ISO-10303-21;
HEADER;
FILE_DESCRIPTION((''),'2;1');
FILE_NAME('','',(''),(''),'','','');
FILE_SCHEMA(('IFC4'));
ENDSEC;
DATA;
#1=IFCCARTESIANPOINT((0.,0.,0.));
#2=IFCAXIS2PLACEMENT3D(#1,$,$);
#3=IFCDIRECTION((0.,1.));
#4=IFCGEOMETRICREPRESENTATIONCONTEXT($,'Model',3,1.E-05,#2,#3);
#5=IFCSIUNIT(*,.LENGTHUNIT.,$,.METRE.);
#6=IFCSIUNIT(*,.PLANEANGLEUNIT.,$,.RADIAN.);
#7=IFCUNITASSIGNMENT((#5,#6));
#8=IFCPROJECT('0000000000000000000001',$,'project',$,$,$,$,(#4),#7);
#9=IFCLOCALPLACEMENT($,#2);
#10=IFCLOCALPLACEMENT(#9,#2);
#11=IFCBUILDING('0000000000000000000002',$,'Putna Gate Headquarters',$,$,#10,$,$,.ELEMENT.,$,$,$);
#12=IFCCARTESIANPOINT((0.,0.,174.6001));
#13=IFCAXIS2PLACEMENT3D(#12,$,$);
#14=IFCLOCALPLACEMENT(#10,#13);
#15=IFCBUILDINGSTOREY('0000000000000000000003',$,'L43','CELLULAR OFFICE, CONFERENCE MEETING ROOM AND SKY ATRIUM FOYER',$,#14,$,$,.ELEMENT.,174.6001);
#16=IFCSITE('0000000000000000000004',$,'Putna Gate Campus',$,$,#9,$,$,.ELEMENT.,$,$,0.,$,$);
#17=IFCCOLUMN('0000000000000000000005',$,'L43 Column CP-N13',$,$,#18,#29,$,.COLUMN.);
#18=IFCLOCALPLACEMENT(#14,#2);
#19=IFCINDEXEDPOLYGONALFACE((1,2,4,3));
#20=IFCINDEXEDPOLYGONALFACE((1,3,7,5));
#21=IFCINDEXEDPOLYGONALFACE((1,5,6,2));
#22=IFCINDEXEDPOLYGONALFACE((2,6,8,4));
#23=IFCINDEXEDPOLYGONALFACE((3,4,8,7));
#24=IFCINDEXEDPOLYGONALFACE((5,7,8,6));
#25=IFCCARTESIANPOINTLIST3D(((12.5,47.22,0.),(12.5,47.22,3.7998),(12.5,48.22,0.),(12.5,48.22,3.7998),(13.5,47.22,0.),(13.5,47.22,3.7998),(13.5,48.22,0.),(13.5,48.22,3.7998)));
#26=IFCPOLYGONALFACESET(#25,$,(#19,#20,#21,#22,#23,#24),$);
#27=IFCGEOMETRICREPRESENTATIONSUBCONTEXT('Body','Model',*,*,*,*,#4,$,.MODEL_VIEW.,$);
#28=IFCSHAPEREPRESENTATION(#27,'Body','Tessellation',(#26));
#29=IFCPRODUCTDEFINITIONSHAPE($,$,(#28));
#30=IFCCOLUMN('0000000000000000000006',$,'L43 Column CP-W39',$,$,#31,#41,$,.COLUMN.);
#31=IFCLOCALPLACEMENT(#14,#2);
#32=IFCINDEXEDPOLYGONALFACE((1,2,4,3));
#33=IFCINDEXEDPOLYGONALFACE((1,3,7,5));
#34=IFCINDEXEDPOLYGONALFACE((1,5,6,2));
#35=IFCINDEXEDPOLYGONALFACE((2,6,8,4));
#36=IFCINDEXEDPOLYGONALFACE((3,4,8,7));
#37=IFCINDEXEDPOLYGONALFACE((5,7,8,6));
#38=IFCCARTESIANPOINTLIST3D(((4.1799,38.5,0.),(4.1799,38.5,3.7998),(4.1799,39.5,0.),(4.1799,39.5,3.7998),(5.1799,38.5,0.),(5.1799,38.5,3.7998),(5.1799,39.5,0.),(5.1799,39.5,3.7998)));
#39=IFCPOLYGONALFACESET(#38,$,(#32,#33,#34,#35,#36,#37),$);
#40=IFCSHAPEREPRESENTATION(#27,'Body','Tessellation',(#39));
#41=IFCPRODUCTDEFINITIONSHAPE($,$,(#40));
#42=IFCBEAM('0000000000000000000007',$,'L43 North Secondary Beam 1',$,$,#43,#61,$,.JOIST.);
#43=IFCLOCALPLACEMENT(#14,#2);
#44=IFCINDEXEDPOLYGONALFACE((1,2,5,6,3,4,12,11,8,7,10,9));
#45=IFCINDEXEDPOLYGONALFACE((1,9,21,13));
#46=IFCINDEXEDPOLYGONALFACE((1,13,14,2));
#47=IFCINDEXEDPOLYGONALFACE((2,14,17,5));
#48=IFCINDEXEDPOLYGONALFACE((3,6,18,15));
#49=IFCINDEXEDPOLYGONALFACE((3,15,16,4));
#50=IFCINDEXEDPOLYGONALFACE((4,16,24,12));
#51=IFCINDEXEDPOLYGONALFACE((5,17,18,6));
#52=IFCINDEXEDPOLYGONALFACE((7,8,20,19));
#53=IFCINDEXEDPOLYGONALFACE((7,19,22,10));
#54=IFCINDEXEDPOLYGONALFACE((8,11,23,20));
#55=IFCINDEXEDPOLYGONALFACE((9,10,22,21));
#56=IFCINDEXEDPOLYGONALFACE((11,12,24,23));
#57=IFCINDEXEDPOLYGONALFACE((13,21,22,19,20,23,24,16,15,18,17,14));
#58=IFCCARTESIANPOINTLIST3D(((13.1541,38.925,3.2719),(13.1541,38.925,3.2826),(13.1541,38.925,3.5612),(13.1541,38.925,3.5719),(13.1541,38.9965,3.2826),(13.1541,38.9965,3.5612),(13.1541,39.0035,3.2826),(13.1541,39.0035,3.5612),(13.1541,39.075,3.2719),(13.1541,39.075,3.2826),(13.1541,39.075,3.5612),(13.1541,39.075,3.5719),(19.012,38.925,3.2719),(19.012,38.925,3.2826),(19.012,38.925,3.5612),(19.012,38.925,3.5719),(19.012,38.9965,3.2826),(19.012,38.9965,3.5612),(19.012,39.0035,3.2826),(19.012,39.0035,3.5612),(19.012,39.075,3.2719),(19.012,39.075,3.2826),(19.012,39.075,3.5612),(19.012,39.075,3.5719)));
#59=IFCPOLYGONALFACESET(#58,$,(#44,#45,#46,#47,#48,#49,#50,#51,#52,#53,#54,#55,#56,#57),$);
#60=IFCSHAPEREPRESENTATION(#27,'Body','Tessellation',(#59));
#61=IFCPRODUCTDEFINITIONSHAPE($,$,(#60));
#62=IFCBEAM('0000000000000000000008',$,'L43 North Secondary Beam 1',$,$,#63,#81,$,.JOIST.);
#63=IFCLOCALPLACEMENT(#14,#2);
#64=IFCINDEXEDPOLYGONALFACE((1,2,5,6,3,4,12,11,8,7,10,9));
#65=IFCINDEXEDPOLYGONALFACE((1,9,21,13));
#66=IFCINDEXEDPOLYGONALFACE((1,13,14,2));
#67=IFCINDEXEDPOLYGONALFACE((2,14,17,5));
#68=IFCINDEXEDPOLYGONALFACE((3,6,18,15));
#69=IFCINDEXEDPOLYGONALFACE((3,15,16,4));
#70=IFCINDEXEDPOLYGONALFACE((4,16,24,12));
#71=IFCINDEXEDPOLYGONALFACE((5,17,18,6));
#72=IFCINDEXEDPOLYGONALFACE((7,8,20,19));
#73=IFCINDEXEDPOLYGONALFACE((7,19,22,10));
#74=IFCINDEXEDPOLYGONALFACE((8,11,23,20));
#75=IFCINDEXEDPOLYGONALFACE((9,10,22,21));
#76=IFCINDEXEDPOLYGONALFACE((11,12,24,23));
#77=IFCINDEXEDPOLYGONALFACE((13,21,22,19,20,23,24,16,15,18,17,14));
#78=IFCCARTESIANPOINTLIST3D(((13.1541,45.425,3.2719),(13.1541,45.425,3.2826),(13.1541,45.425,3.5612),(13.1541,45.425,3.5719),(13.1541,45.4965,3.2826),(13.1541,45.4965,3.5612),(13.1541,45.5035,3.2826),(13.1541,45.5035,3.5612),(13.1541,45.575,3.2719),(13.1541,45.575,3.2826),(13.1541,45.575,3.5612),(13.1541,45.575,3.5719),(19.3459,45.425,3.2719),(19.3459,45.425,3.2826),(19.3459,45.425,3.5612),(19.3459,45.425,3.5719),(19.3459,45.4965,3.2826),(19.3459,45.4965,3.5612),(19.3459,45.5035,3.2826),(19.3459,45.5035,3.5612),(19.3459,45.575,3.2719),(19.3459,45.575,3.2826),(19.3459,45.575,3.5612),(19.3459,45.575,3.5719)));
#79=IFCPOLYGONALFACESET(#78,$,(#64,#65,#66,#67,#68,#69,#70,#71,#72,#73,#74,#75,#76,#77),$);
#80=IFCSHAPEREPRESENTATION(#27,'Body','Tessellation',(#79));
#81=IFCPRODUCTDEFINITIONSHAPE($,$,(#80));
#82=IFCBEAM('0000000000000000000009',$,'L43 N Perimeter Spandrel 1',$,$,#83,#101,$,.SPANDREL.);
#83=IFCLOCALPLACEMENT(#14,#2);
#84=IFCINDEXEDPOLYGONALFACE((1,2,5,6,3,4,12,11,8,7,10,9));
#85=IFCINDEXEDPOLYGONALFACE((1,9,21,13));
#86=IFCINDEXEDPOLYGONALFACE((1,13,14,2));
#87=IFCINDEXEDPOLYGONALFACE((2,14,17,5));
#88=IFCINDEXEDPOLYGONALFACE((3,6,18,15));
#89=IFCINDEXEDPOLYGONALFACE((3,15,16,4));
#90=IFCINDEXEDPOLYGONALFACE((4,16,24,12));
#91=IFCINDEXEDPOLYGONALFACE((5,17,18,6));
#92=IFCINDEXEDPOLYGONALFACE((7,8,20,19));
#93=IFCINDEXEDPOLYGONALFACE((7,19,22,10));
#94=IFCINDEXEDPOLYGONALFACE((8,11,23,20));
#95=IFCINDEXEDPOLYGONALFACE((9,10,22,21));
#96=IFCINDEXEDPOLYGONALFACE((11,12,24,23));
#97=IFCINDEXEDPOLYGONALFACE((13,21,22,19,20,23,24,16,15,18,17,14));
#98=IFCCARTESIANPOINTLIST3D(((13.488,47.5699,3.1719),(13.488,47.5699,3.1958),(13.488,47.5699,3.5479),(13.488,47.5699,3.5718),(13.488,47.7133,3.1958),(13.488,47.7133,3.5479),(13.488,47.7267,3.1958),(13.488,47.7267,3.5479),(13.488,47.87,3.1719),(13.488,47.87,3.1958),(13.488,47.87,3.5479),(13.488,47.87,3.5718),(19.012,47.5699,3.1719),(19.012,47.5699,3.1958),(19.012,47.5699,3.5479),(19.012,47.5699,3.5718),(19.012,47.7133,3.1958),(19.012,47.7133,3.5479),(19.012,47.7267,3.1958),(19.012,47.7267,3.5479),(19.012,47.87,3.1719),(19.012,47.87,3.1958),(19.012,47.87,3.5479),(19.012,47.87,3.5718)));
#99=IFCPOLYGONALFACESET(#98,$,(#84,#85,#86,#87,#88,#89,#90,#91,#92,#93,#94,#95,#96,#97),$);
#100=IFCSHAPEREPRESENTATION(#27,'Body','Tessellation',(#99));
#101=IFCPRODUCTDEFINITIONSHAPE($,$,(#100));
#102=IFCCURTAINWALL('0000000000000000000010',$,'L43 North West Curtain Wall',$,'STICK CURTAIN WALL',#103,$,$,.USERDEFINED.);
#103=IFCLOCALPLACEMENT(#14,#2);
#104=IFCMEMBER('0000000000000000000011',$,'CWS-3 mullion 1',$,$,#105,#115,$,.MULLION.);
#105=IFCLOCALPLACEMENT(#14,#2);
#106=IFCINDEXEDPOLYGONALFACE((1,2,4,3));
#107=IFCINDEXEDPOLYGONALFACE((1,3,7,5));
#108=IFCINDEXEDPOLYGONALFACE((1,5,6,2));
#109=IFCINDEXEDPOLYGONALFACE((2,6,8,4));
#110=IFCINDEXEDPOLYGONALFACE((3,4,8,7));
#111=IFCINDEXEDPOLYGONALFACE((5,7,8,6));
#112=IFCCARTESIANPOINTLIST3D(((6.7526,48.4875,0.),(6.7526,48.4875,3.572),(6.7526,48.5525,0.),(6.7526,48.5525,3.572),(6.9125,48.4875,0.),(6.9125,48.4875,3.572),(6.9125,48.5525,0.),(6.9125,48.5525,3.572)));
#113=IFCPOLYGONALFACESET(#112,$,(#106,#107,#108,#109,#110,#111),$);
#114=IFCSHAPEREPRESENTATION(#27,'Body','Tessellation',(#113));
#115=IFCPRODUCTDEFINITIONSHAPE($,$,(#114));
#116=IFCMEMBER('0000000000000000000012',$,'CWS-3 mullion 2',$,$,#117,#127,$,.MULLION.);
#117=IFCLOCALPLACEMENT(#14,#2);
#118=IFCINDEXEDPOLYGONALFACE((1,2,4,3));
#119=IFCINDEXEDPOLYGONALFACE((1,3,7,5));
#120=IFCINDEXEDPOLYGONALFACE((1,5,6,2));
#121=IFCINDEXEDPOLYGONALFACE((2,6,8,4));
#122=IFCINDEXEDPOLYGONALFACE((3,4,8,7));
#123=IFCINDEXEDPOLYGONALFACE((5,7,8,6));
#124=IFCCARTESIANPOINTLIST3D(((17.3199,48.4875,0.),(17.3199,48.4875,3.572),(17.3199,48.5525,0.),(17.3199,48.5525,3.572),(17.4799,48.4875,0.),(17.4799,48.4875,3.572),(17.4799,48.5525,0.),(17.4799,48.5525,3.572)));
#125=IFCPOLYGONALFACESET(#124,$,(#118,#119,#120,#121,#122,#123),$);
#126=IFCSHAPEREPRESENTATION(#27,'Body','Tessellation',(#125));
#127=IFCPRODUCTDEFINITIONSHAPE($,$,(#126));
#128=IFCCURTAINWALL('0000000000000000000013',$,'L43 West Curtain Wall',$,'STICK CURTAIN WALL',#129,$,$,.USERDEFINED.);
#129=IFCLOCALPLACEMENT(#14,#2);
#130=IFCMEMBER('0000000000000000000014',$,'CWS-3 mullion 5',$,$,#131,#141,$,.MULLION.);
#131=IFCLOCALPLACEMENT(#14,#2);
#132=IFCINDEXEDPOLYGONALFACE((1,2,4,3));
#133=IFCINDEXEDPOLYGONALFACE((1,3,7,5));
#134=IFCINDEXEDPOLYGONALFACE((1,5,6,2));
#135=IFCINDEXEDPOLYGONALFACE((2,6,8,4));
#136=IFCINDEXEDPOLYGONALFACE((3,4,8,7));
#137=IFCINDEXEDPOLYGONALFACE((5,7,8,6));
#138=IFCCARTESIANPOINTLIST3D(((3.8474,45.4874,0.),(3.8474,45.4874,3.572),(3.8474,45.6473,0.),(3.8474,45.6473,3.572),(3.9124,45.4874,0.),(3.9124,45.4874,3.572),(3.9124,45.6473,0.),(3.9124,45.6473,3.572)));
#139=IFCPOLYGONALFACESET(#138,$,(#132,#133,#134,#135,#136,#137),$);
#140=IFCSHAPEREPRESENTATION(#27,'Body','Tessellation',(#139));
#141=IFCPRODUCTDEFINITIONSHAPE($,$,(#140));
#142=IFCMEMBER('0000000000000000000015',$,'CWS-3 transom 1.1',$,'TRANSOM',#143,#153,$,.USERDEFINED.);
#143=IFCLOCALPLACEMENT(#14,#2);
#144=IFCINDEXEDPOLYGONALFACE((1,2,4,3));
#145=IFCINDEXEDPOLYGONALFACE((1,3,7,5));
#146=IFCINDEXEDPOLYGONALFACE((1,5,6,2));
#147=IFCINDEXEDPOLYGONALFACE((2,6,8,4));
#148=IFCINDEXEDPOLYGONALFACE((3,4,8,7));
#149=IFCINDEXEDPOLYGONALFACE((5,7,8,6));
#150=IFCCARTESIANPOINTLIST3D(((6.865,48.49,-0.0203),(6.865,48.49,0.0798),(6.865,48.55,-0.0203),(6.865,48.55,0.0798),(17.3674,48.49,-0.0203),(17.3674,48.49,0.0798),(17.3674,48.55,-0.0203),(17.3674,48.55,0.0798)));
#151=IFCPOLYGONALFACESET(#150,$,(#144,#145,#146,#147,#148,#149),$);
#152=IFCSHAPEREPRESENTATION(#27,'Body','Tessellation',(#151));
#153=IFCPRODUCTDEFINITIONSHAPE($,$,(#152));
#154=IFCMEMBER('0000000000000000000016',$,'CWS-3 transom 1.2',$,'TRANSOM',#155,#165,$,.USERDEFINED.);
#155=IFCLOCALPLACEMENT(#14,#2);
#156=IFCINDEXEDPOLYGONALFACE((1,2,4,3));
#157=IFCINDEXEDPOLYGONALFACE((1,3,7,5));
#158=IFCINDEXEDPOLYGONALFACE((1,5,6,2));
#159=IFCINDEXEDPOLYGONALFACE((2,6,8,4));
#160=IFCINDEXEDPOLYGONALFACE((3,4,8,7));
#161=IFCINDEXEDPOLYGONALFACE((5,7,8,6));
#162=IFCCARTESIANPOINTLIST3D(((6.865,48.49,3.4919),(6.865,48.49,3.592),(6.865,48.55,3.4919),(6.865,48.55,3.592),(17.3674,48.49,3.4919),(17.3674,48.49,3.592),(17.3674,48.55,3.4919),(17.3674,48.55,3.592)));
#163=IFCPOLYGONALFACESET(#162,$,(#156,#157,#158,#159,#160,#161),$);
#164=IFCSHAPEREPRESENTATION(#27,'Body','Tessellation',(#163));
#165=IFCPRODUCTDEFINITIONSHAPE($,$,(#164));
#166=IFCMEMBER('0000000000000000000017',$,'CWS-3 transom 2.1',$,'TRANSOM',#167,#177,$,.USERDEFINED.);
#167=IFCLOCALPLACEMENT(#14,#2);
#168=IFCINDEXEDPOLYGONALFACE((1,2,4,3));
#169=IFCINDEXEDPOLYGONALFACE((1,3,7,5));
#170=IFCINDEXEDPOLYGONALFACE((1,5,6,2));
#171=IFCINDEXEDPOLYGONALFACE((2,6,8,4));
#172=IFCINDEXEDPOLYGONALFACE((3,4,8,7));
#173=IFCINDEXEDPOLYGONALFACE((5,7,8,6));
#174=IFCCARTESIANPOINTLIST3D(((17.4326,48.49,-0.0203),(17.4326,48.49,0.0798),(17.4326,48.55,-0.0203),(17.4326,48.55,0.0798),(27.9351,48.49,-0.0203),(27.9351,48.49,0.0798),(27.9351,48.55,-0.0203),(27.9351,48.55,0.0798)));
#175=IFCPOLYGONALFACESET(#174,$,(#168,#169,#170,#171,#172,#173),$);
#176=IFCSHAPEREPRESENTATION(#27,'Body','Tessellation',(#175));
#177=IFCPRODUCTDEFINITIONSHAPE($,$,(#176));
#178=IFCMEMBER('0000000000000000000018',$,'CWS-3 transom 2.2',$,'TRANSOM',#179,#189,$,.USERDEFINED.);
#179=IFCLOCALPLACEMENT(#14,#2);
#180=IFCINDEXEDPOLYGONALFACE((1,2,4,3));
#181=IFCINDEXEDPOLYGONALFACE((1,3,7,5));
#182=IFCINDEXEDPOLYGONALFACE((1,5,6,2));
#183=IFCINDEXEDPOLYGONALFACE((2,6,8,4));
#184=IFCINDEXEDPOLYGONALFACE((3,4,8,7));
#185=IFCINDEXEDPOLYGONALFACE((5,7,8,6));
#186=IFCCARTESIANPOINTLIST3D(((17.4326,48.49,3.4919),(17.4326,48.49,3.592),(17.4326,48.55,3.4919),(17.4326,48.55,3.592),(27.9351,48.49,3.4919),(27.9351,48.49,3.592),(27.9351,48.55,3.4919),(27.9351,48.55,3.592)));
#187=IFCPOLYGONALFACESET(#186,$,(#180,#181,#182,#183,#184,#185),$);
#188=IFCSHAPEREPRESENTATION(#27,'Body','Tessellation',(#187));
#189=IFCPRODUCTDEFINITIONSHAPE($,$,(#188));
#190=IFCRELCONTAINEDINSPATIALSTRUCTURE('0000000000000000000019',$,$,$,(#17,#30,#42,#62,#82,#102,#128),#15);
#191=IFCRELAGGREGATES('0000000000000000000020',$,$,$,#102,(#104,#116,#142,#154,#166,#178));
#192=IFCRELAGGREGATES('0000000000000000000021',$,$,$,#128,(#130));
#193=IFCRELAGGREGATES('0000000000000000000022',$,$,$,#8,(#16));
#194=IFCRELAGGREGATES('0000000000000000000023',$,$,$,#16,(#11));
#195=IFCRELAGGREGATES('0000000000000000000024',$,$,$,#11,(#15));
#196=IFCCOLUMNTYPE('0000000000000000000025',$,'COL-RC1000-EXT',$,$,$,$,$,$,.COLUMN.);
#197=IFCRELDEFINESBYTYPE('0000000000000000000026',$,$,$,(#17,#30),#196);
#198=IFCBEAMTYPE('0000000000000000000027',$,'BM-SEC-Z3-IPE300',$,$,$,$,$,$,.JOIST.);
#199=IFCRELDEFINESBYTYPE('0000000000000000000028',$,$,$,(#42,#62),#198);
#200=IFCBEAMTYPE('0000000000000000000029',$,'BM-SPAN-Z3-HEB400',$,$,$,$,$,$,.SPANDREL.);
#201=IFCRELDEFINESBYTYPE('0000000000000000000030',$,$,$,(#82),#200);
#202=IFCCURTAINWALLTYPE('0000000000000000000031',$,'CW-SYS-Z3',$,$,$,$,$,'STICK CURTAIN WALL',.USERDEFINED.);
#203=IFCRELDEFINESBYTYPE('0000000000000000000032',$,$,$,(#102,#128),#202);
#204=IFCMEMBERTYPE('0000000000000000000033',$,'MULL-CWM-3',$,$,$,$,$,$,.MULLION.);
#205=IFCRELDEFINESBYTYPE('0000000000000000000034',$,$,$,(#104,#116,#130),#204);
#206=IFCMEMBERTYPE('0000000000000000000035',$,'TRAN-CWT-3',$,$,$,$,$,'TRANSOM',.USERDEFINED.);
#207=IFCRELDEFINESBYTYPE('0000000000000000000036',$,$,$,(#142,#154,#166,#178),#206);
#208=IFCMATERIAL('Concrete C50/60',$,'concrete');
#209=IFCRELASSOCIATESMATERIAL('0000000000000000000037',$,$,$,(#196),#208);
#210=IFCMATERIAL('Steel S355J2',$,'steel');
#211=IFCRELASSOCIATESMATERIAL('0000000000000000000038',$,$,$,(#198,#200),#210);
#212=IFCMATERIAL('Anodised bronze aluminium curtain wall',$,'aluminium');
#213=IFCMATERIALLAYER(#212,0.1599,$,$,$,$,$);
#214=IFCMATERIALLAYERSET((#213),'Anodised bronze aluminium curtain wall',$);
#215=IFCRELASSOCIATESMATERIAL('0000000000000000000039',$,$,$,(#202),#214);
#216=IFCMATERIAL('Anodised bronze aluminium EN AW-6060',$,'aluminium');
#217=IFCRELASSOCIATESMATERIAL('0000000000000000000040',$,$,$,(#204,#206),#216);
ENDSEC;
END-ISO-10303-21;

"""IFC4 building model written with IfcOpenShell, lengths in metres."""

from ifc_helpers import new_model, si_unit, direction, frame, origin, origin_2d, place, context, subcontext, project, spatial, rectangle, i_section, extrude, material, layer, layer_set, material_profile, profile_set, type_object, element, aggregate, save


model = new_model("IFC4")

# Units and contexts
model_context = context("Model", 3, precision=1e-05, world=origin(), true_north=direction((0.0, 1.0)))
body_context = subcontext(model_context, "Body", "Model", "MODEL_VIEW")
ifc_project = project(units=[si_unit("LENGTHUNIT", "METRE"), si_unit("PLANEANGLEUNIT", "RADIAN")], contexts=[model_context])

# Site, building, storey
site_placement = place(None, origin())
site = spatial("IfcSite", under=ifc_project, at=site_placement, Name="Putna Gate Campus", CompositionType="ELEMENT", RefElevation=0.0)
building_placement = place(site_placement, origin())
building = spatial("IfcBuilding", under=site, at=building_placement, Name="Putna Gate Headquarters", CompositionType="ELEMENT")
storey_placement = place(building_placement, frame((0.0, 0.0, 174.6001)))
storey = spatial("IfcBuildingStorey", under=building, at=storey_placement, Name="L43", Description="CELLULAR OFFICE, CONFERENCE MEETING ROOM AND SKY ATRIUM FOYER", CompositionType="ELEMENT", Elevation=174.6001)

# Columns
ifc_material_1 = material(Name="Concrete C50/60", Category="concrete")
ifc_material_profile_1 = material_profile(ifc_material_1, rectangle(XDim=1.0, YDim=1.0, at=origin_2d()), Name="Concrete C50/60")
ifc_profile_set_1 = profile_set([ifc_material_profile_1], Name="Concrete C50/60")
column_type = type_object("IfcColumnType", Name="COL-RC1000-EXT", PredefinedType="COLUMN", material=ifc_profile_set_1)
for number, where, z_axis, x_axis, name in (
    (1, (13.0, 47.72, 0.0), (0.0, 0.0, 1.0), (1.0, 0.0, 0.0), "L43 Column CP-N13"),
    (2, (4.6799, 39.0, 0.0), (0.0, 0.0, 1.0), (1.0, 0.0, 0.0), "L43 Column CP-W39"),
):
    element("IfcColumn", number, at=place(storey_placement, frame(where, z_axis=z_axis, x_axis=x_axis)), inside=storey, type_object=column_type, Name=name, PredefinedType="COLUMN", context=body_context, shape_type="SweptSolid", body=[
        extrude(rectangle(XDim=1.0, YDim=1.0, at=origin_2d()), origin(), (0.0, 0.0, 1.0), 3.7998),
    ])

# Beams
ifc_material_2 = material(Name="Steel S355J2", Category="steel")
ifc_material_profile_2 = material_profile(ifc_material_2, i_section(OverallWidth=0.1499, OverallDepth=0.3, WebThickness=0.0071, FlangeThickness=0.0107, at=origin_2d()), Name="Steel S355J2")
ifc_profile_set_2 = profile_set([ifc_material_profile_2], Name="Steel S355J2")
beam_type_1 = type_object("IfcBeamType", Name="BM-SEC-Z3-IPE300", PredefinedType="JOIST", material=ifc_profile_set_2)
beam_1_placement = place(storey_placement, frame((13.1541, 39.0, 3.4219), z_axis=(1.0, 0.0, 0.0), x_axis=(0.0, 1.0, 0.0)))
element("IfcBeam", 3, at=beam_1_placement, inside=storey, type_object=beam_type_1, Name="L43 North Secondary Beam 1", PredefinedType="JOIST", context=body_context, shape_type="SweptSolid", body=[
    extrude(i_section(OverallWidth=0.1499, OverallDepth=0.3, WebThickness=0.0071, FlangeThickness=0.0107, at=origin_2d()), origin(), (0.0, 0.0, 1.0), 5.8579),
])
beam_2_placement = place(storey_placement, frame((13.1541, 45.5, 3.4219), z_axis=(1.0, 0.0, 0.0), x_axis=(0.0, 1.0, 0.0)))
element("IfcBeam", 4, at=beam_2_placement, inside=storey, type_object=beam_type_1, Name="L43 North Secondary Beam 1", PredefinedType="JOIST", context=body_context, shape_type="SweptSolid", body=[
    extrude(i_section(OverallWidth=0.1499, OverallDepth=0.3, WebThickness=0.0071, FlangeThickness=0.0107, at=origin_2d()), origin(), (0.0, 0.0, 1.0), 6.1919),
])
ifc_material_profile_3 = material_profile(ifc_material_2, i_section(OverallWidth=0.3, OverallDepth=0.3999, WebThickness=0.0134, FlangeThickness=0.0239, at=origin_2d()), Name="Steel S355J2")
ifc_profile_set_3 = profile_set([ifc_material_profile_3], Name="Steel S355J2")
beam_type_2 = type_object("IfcBeamType", Name="BM-SPAN-Z3-HEB400", PredefinedType="SPANDREL", material=ifc_profile_set_3)
beam_3_placement = place(storey_placement, frame((13.488, 47.72, 3.3718), z_axis=(1.0, 0.0, 0.0), x_axis=(0.0, 1.0, 0.0)))
element("IfcBeam", 5, at=beam_3_placement, inside=storey, type_object=beam_type_2, Name="L43 N Perimeter Spandrel 1", PredefinedType="SPANDREL", context=body_context, shape_type="SweptSolid", body=[
    extrude(i_section(OverallWidth=0.3, OverallDepth=0.3999, WebThickness=0.0134, FlangeThickness=0.0239, at=origin_2d()), origin(), (0.0, 0.0, 1.0), 5.5239),
])

# Curtain wall, members
ifc_material_3 = material(Name="Anodised bronze aluminium curtain wall", Category="aluminium")
ifc_layer_1 = layer(ifc_material_3, 0.1599)
ifc_layer_set_1 = layer_set([ifc_layer_1], Name="Anodised bronze aluminium curtain wall")
curtain_wall_type = type_object("IfcCurtainWallType", Name="CW-SYS-Z3", ElementType="STICK CURTAIN WALL", PredefinedType="USERDEFINED", material=ifc_layer_set_1)
curtain_wall_1_placement = place(storey_placement, origin())
curtain_wall_1 = element("IfcCurtainWall", 6, at=curtain_wall_1_placement, inside=storey, type_object=curtain_wall_type, Name="L43 North West Curtain Wall", ObjectType="STICK CURTAIN WALL", PredefinedType="USERDEFINED")
ifc_material_4 = material(Name="Anodised bronze aluminium EN AW-6060", Category="aluminium")
ifc_material_profile_4 = material_profile(ifc_material_4, rectangle(XDim=0.0649, YDim=0.1599, at=origin_2d()), Name="Anodised bronze aluminium EN AW-6060")
ifc_profile_set_4 = profile_set([ifc_material_profile_4], Name="Anodised bronze aluminium EN AW-6060")
member_type_1 = type_object("IfcMemberType", Name="MULL-CWM-3", PredefinedType="MULLION", material=ifc_profile_set_4)
member_1_placement = place(storey_placement, frame((6.8325, 48.52, 0.0), z_axis=(0.0, 0.0, 1.0), x_axis=(0.0, 1.0, 0.0)))
member_1 = element("IfcMember", 7, at=member_1_placement, type_object=member_type_1, Name="CWS-3 mullion 1", PredefinedType="MULLION", context=body_context, shape_type="SweptSolid", body=[
    extrude(rectangle(XDim=0.0649, YDim=0.1599, at=origin_2d()), origin(), (0.0, 0.0, 1.0), 3.572),
])
member_2_placement = place(storey_placement, frame((17.3999, 48.52, 0.0), z_axis=(0.0, 0.0, 1.0), x_axis=(0.0, 1.0, 0.0)))
member_2 = element("IfcMember", 8, at=member_2_placement, type_object=member_type_1, Name="CWS-3 mullion 2", PredefinedType="MULLION", context=body_context, shape_type="SweptSolid", body=[
    extrude(rectangle(XDim=0.0649, YDim=0.1599, at=origin_2d()), origin(), (0.0, 0.0, 1.0), 3.572),
])

# Curtain wall, member
curtain_wall_2_placement = place(storey_placement, origin())
curtain_wall_2 = element("IfcCurtainWall", 9, at=curtain_wall_2_placement, inside=storey, type_object=curtain_wall_type, Name="L43 West Curtain Wall", ObjectType="STICK CURTAIN WALL", PredefinedType="USERDEFINED")
member_3_placement = place(storey_placement, frame((3.8799, 45.5674, 0.0), z_axis=(0.0, 0.0, 1.0), x_axis=(-1.0, 0.0, 0.0)))
member_3 = element("IfcMember", 10, at=member_3_placement, type_object=member_type_1, Name="CWS-3 mullion 5", PredefinedType="MULLION", context=body_context, shape_type="SweptSolid", body=[
    extrude(rectangle(XDim=0.0649, YDim=0.1599, at=origin_2d()), origin(), (0.0, 0.0, 1.0), 3.572),
])

# Members
ifc_material_profile_5 = material_profile(ifc_material_4, rectangle(XDim=0.0601, YDim=0.1001, at=origin_2d()), Name="Anodised bronze aluminium EN AW-6060")
ifc_profile_set_5 = profile_set([ifc_material_profile_5], Name="Anodised bronze aluminium EN AW-6060")
member_type_2 = type_object("IfcMemberType", Name="TRAN-CWT-3", ElementType="TRANSOM", PredefinedType="USERDEFINED", material=ifc_profile_set_5)
member_4_placement = place(storey_placement, frame((6.865, 48.52, 0.0298), z_axis=(1.0, 0.0, 0.0), x_axis=(0.0, 1.0, 0.0)))
member_4 = element("IfcMember", 11, at=member_4_placement, type_object=member_type_2, Name="CWS-3 transom 1.1", ObjectType="TRANSOM", PredefinedType="USERDEFINED", context=body_context, shape_type="SweptSolid", body=[
    extrude(rectangle(XDim=0.0601, YDim=0.1001, at=origin_2d()), origin(), (0.0, 0.0, 1.0), 10.5024),
])
member_5_placement = place(storey_placement, frame((6.865, 48.52, 3.542), z_axis=(1.0, 0.0, 0.0), x_axis=(0.0, 1.0, 0.0)))
member_5 = element("IfcMember", 12, at=member_5_placement, type_object=member_type_2, Name="CWS-3 transom 1.2", ObjectType="TRANSOM", PredefinedType="USERDEFINED", context=body_context, shape_type="SweptSolid", body=[
    extrude(rectangle(XDim=0.0601, YDim=0.1001, at=origin_2d()), origin(), (0.0, 0.0, 1.0), 10.5024),
])
member_6_placement = place(storey_placement, frame((17.4326, 48.52, 0.0298), z_axis=(1.0, 0.0, 0.0), x_axis=(0.0, 1.0, 0.0)))
member_6 = element("IfcMember", 13, at=member_6_placement, type_object=member_type_2, Name="CWS-3 transom 2.1", ObjectType="TRANSOM", PredefinedType="USERDEFINED", context=body_context, shape_type="SweptSolid", body=[
    extrude(rectangle(XDim=0.0601, YDim=0.1001, at=origin_2d()), origin(), (0.0, 0.0, 1.0), 10.5024),
])
member_7_placement = place(storey_placement, frame((17.4326, 48.52, 3.542), z_axis=(1.0, 0.0, 0.0), x_axis=(0.0, 1.0, 0.0)))
member_7 = element("IfcMember", 14, at=member_7_placement, type_object=member_type_2, Name="CWS-3 transom 2.2", ObjectType="TRANSOM", PredefinedType="USERDEFINED", context=body_context, shape_type="SweptSolid", body=[
    extrude(rectangle(XDim=0.0601, YDim=0.1001, at=origin_2d()), origin(), (0.0, 0.0, 1.0), 10.5024),
])

aggregate(curtain_wall_1, [member_1, member_2, member_4, member_5, member_6, member_7])
aggregate(curtain_wall_2, [member_3])

save(model, "model.ifc")
